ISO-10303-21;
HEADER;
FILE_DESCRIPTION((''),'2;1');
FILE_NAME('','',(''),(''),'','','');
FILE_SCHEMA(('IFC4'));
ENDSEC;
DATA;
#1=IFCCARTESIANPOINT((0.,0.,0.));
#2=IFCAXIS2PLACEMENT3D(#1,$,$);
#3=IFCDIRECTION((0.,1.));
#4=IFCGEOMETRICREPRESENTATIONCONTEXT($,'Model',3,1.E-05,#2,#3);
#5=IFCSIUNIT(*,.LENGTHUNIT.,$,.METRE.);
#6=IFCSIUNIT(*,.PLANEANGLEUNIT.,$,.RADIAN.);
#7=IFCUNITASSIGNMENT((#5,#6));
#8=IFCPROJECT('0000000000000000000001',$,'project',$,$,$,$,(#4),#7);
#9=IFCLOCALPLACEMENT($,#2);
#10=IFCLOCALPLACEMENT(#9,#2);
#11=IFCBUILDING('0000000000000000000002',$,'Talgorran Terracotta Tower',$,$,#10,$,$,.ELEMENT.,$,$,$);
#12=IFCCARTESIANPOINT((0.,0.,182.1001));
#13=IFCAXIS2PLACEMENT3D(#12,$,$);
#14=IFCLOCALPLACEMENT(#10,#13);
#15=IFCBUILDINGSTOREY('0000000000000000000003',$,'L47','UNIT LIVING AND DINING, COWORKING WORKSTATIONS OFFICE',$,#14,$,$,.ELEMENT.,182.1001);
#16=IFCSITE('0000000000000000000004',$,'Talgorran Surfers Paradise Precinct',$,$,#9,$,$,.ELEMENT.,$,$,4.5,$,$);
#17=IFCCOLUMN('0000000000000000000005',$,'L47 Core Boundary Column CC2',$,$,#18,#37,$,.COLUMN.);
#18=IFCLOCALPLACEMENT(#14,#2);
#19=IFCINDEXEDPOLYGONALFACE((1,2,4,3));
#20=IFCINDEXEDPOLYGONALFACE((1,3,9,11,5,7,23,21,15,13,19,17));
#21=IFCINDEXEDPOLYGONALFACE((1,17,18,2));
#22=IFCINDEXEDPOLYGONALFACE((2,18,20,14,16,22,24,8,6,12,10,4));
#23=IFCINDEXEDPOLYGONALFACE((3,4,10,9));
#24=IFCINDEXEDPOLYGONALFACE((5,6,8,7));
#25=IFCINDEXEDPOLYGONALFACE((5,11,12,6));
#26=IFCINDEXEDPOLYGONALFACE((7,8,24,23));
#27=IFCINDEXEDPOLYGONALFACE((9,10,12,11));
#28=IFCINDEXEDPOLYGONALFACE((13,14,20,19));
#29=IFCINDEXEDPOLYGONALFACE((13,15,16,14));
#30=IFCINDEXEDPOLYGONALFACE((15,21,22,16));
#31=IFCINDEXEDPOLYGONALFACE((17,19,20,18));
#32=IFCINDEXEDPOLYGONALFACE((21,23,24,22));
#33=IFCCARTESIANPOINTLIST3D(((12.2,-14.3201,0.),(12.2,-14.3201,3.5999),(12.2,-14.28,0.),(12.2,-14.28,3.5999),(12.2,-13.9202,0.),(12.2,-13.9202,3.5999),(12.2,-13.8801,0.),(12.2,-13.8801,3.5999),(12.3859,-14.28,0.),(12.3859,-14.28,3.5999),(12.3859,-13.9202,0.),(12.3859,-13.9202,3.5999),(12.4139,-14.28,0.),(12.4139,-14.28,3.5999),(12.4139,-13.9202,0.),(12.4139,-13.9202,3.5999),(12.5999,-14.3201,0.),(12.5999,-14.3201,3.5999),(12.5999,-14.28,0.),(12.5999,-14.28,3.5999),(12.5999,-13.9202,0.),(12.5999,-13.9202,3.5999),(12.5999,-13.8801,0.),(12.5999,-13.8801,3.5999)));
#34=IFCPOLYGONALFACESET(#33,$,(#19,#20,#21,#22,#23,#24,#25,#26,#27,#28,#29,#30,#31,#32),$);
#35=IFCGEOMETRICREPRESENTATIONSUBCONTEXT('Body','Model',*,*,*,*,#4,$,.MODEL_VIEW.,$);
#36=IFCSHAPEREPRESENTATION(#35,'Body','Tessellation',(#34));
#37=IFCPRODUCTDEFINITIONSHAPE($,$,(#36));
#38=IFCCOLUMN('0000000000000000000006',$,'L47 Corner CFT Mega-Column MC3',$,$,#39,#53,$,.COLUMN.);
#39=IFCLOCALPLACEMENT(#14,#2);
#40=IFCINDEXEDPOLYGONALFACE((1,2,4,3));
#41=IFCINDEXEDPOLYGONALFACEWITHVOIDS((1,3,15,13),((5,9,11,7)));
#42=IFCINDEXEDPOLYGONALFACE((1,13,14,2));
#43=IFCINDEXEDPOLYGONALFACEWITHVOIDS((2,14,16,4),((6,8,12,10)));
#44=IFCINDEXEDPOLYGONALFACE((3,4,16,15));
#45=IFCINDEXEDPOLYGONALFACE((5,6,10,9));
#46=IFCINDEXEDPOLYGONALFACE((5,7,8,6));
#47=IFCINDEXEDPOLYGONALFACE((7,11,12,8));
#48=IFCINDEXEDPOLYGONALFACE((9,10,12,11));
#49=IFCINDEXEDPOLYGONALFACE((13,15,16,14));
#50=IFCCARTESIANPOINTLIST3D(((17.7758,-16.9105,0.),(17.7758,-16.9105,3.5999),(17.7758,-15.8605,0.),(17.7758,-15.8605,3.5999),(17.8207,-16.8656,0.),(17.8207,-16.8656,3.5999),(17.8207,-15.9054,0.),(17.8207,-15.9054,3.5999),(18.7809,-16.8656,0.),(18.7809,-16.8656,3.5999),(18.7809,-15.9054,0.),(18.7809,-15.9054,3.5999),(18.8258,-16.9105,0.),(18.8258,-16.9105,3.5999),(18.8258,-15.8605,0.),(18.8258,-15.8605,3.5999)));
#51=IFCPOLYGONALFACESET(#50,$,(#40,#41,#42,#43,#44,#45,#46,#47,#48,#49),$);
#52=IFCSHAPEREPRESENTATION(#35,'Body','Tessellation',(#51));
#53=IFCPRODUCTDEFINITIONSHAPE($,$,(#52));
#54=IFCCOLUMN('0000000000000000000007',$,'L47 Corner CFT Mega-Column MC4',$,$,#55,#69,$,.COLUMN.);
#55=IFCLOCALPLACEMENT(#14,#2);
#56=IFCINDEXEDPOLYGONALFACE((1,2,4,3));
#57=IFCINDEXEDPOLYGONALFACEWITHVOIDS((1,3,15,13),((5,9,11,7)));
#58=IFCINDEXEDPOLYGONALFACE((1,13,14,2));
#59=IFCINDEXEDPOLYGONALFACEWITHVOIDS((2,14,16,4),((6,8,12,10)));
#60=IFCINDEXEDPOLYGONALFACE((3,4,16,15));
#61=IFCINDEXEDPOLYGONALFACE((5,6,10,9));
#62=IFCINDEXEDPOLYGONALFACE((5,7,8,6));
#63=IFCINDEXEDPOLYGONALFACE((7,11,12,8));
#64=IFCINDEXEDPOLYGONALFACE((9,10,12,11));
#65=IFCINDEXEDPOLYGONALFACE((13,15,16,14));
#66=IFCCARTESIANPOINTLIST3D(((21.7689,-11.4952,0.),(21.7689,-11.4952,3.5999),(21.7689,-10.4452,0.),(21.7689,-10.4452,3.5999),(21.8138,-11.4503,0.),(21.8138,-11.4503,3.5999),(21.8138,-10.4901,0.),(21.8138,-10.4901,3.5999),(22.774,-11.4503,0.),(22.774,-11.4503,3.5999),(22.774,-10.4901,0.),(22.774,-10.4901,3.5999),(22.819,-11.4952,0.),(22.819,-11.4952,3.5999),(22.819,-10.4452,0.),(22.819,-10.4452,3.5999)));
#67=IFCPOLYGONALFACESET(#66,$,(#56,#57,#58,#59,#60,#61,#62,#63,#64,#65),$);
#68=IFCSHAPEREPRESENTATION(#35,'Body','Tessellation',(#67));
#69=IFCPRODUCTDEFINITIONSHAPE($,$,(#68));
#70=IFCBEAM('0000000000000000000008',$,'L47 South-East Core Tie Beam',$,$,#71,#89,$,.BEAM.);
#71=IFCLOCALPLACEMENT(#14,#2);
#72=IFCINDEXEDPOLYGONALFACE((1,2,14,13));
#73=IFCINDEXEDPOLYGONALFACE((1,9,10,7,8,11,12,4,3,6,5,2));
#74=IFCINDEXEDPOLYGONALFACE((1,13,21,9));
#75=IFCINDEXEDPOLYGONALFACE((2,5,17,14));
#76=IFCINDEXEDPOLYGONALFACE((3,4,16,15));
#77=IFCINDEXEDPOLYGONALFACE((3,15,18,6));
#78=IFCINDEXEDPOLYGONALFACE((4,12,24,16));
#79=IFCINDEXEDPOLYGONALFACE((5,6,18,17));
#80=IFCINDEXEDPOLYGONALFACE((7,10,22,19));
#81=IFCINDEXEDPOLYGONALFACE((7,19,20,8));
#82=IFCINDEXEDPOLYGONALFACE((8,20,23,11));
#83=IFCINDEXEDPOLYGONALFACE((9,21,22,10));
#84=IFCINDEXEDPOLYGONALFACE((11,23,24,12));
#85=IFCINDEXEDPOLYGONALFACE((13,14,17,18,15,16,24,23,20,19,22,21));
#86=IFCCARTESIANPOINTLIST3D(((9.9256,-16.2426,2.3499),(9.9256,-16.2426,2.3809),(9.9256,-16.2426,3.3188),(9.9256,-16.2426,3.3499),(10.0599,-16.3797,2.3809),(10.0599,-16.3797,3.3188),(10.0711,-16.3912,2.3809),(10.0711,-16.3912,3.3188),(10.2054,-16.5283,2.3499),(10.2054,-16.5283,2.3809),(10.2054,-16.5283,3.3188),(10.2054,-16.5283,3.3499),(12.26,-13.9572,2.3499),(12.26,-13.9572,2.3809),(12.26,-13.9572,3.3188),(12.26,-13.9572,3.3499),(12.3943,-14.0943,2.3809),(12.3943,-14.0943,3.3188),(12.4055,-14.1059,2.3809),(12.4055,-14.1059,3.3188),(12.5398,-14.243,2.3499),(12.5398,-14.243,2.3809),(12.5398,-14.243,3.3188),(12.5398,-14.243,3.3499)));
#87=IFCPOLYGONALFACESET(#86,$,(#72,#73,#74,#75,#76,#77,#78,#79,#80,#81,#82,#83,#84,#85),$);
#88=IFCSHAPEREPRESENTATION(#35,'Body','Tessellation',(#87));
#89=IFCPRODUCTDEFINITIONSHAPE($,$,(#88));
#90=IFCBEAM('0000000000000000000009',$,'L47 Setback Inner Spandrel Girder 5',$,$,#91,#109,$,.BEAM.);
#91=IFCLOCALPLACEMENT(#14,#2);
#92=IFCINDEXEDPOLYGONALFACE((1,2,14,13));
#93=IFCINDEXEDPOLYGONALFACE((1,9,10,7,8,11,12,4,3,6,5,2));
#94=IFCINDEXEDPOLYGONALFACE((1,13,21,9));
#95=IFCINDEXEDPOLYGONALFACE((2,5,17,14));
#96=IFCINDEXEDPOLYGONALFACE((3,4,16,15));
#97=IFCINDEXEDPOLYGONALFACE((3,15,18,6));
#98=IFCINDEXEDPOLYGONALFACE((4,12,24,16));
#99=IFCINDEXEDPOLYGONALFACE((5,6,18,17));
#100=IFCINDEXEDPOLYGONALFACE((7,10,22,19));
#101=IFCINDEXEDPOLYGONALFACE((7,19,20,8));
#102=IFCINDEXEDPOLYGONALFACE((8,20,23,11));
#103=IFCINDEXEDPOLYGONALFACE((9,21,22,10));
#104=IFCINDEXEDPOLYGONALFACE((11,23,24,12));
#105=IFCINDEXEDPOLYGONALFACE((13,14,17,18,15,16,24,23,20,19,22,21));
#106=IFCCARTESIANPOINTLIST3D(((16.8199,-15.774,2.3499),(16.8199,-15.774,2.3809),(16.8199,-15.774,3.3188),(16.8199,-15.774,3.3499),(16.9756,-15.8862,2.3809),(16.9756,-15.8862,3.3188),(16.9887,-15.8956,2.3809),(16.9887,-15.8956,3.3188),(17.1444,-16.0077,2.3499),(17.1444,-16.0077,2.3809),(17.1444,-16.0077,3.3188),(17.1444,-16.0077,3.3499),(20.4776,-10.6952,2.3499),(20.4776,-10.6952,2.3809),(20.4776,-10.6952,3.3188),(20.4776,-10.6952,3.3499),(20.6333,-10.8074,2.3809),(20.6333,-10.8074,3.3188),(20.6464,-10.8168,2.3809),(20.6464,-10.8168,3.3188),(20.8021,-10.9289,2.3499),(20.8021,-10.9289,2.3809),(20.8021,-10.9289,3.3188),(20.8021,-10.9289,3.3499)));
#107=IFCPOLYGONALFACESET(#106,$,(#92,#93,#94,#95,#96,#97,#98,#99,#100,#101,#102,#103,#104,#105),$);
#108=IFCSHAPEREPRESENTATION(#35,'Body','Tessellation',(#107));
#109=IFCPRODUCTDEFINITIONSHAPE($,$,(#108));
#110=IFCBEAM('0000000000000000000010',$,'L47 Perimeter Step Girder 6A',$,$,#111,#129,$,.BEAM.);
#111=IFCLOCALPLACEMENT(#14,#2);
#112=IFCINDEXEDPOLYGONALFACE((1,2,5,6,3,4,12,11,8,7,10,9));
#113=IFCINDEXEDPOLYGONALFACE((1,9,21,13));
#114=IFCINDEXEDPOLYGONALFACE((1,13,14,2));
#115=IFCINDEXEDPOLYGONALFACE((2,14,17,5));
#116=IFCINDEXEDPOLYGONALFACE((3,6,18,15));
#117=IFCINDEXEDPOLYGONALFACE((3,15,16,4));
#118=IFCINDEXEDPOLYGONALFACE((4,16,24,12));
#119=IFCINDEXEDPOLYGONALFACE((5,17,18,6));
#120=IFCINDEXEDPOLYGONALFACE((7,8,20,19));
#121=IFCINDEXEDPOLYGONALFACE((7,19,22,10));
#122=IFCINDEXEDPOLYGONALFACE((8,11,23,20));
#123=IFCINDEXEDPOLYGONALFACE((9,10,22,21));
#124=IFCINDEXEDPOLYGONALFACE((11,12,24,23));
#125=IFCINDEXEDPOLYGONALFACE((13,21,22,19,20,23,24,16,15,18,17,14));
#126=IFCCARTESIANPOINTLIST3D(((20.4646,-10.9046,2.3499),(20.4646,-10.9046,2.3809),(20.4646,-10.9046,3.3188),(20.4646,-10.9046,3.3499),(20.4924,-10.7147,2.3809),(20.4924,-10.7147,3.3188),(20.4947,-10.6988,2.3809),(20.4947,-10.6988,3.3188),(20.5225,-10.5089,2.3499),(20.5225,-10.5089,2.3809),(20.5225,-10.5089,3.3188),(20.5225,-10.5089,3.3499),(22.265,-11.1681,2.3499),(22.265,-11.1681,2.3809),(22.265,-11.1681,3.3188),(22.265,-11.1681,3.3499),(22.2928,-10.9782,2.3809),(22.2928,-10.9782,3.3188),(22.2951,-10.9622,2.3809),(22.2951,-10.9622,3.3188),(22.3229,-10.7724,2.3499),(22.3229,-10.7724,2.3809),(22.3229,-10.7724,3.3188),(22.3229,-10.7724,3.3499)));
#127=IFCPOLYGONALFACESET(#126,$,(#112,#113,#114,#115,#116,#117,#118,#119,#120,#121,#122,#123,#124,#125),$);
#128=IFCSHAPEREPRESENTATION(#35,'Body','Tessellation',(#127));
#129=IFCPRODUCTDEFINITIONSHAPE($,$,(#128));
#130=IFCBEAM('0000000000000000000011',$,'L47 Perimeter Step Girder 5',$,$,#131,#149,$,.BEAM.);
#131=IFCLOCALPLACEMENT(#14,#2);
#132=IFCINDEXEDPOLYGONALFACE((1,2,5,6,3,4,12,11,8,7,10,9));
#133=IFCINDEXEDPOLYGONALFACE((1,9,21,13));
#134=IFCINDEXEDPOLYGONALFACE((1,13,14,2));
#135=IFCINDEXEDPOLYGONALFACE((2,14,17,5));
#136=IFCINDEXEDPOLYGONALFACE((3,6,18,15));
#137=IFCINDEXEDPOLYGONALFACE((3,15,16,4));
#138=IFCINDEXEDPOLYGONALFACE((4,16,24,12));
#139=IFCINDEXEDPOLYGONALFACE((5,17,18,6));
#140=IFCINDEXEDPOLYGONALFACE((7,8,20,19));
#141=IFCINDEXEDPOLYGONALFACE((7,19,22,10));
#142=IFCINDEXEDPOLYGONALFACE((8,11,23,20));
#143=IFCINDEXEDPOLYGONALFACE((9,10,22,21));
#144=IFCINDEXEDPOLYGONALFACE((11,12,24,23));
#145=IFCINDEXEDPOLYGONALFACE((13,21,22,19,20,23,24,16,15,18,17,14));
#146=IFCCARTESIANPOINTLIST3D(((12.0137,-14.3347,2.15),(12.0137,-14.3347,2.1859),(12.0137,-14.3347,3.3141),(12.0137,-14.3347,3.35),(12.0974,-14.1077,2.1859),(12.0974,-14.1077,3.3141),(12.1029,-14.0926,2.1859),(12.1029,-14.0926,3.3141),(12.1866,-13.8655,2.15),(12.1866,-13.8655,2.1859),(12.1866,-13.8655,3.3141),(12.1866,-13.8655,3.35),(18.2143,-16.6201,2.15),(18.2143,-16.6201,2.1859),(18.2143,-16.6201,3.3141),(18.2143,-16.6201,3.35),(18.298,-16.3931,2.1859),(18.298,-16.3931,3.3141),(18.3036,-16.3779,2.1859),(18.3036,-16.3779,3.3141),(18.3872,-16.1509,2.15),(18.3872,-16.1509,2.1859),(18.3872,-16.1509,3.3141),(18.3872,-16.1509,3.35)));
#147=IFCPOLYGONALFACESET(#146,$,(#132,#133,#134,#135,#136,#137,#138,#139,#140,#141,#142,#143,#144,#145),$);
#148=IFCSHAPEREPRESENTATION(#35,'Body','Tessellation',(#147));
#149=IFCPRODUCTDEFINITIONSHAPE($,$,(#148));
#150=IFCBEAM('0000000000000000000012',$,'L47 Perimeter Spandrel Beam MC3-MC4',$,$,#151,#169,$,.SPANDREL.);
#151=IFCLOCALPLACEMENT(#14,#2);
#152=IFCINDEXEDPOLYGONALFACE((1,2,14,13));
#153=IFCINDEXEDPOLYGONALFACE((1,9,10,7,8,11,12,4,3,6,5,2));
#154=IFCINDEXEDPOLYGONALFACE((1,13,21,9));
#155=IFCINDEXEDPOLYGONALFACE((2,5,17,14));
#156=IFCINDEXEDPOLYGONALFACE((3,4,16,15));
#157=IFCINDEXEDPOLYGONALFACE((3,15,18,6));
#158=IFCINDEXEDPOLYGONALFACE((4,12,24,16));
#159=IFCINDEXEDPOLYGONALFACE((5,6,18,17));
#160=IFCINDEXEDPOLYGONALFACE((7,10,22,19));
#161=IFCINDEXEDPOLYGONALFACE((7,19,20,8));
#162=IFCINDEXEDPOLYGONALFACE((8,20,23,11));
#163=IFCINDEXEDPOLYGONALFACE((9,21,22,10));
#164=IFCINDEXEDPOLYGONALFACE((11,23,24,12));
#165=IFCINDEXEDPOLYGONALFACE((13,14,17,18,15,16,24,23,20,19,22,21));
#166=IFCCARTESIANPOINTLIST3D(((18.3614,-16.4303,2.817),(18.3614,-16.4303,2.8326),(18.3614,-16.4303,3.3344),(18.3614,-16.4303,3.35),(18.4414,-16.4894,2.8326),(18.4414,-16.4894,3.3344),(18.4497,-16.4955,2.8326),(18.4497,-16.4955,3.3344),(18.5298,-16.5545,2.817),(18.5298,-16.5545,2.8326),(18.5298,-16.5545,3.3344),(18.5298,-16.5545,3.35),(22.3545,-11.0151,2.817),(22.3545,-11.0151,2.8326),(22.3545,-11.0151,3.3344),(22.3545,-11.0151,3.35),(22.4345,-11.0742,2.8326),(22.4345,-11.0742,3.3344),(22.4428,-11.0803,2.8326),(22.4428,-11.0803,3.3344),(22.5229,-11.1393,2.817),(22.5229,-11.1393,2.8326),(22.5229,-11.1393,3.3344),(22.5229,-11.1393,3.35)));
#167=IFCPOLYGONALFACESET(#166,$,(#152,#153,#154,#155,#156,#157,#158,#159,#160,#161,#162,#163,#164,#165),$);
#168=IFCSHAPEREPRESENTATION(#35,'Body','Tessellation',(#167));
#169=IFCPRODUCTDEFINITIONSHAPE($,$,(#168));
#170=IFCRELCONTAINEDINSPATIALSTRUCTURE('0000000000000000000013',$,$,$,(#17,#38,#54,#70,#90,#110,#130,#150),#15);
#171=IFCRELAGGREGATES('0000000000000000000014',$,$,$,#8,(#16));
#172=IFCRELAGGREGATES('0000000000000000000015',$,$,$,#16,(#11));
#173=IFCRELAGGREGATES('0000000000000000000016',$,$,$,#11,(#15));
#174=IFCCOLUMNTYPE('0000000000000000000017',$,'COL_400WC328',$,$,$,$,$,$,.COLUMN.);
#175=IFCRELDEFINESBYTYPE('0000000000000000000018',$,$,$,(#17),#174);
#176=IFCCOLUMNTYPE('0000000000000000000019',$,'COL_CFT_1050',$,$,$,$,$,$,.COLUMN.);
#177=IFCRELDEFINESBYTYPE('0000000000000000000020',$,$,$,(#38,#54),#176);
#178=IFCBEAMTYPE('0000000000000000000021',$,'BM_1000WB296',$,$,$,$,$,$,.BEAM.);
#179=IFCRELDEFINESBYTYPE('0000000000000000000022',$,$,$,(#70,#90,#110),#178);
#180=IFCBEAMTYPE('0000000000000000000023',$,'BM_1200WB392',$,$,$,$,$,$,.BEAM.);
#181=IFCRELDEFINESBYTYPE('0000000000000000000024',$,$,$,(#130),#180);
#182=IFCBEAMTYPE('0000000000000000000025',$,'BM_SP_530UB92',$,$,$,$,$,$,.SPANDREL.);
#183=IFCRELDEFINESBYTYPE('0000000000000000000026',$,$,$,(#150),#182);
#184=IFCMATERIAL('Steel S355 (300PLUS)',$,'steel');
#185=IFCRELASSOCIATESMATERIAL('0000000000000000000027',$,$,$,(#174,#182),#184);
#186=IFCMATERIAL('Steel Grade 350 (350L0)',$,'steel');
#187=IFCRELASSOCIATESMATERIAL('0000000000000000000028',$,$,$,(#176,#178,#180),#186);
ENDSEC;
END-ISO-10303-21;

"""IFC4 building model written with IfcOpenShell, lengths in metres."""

from ifc_helpers import new_model, si_unit, direction, frame, origin, origin_2d, place, context, subcontext, project, spatial, hollow_rectangle, i_section, extrude, material, material_profile, profile_set, type_object, element, save


model = new_model("IFC4")

# Units and contexts
model_context = context("Model", 3, precision=1e-05, world=origin(), true_north=direction((0.0, 1.0)))
body_context = subcontext(model_context, "Body", "Model", "MODEL_VIEW")
ifc_project = project(units=[si_unit("LENGTHUNIT", "METRE"), si_unit("PLANEANGLEUNIT", "RADIAN")], contexts=[model_context])

# Site, building, storey
site_placement = place(None, origin())
site = spatial("IfcSite", under=ifc_project, at=site_placement, Name="Talgorran Surfers Paradise Precinct", CompositionType="ELEMENT", RefElevation=4.5)
building_placement = place(site_placement, origin())
building = spatial("IfcBuilding", under=site, at=building_placement, Name="Talgorran Terracotta Tower", CompositionType="ELEMENT")
storey_placement = place(building_placement, frame((0.0, 0.0, 182.1001)))
storey = spatial("IfcBuildingStorey", under=building, at=storey_placement, Name="L47", Description="UNIT LIVING AND DINING, COWORKING WORKSTATIONS OFFICE", CompositionType="ELEMENT", Elevation=182.1001)

# Columns
ifc_material_1 = material(Name="Steel S355 (300PLUS)", Category="steel")
ifc_material_profile_1 = material_profile(ifc_material_1, i_section(OverallWidth=0.3999, OverallDepth=0.4399, WebThickness=0.0281, FlangeThickness=0.04, at=origin_2d()), Name="400WC328")
ifc_profile_set_1 = profile_set([ifc_material_profile_1], Name="Steel S355 (300PLUS)")
column_type_1 = type_object("IfcColumnType", Name="COL_400WC328", PredefinedType="COLUMN", material=ifc_profile_set_1)
column_placement = place(storey_placement, frame((12.3999, -14.1001, 0.0), z_axis=(0.0, 0.0, 1.0), x_axis=(1.0, 0.0, 0.0)))
element("IfcColumn", 1, at=column_placement, inside=storey, type_object=column_type_1, Name="L47 Core Boundary Column CC2", PredefinedType="COLUMN", context=body_context, shape_type="SweptSolid", body=[
    extrude(i_section(OverallWidth=0.3999, OverallDepth=0.4399, WebThickness=0.0281, FlangeThickness=0.04, at=origin_2d()), origin(), (0.0, 0.0, 1.0), 3.5999),
])
ifc_material_2 = material(Name="Steel Grade 350 (350L0)", Category="steel")
ifc_material_profile_2 = material_profile(ifc_material_2, hollow_rectangle(XDim=1.05, YDim=1.05, WallThickness=0.0449, at=origin_2d()), Name="CFT1050X1050X45")
ifc_profile_set_2 = profile_set([ifc_material_profile_2], Name="Steel Grade 350 (350L0)")
column_type_2 = type_object("IfcColumnType", Name="COL_CFT_1050", PredefinedType="COLUMN", material=ifc_profile_set_2)
for number, where, z_axis, x_axis, name in (
    (2, (18.3008, -16.3855, 0.0), (0.0, 0.0, 1.0), (1.0, 0.0, 0.0), "L47 Corner CFT Mega-Column MC3"),
    (3, (22.2939, -10.9702, 0.0), (0.0, 0.0, 1.0), (1.0, 0.0, 0.0), "L47 Corner CFT Mega-Column MC4"),
):
    element("IfcColumn", number, at=place(storey_placement, frame(where, z_axis=z_axis, x_axis=x_axis)), inside=storey, type_object=column_type_2, Name=name, PredefinedType="COLUMN", context=body_context, shape_type="SweptSolid", body=[
        extrude(hollow_rectangle(XDim=1.05, YDim=1.05, WallThickness=0.0449, at=origin_2d()), origin(), (0.0, 0.0, 1.0), 3.5999),
    ])

# Beams
ifc_material_profile_3 = material_profile(ifc_material_2, i_section(OverallWidth=0.3999, OverallDepth=1.0, WebThickness=0.0161, FlangeThickness=0.031, at=origin_2d()), Name="1000WB296")
ifc_profile_set_3 = profile_set([ifc_material_profile_3], Name="Steel Grade 350 (350L0)")
beam_type_1 = type_object("IfcBeamType", Name="BM_1000WB296", PredefinedType="BEAM", material=ifc_profile_set_3)
beam_1_placement = place(storey_placement, frame((12.3999, -14.1001, 2.8499), z_axis=(-0.714577, -0.699556, 0.0), x_axis=(0.699556, -0.714577, 0.0)))
element("IfcBeam", 4, at=beam_1_placement, inside=storey, type_object=beam_type_1, Name="L47 South-East Core Tie Beam", PredefinedType="BEAM", context=body_context, shape_type="SweptSolid", body=[
    extrude(i_section(OverallWidth=0.3999, OverallDepth=1.0, WebThickness=0.0161, FlangeThickness=0.031, at=origin_2d()), origin(), (0.0, 0.0, 1.0), 3.2668),
])
beam_2_placement = place(storey_placement, frame((16.9822, -15.8909, 2.8499), z_axis=(0.584403, 0.811463, 0.0), x_axis=(-0.811463, 0.584403, 0.0)))
element("IfcBeam", 5, at=beam_2_placement, inside=storey, type_object=beam_type_1, Name="L47 Setback Inner Spandrel Girder 5", PredefinedType="BEAM", context=body_context, shape_type="SweptSolid", body=[
    extrude(i_section(OverallWidth=0.3999, OverallDepth=1.0, WebThickness=0.0161, FlangeThickness=0.031, at=origin_2d()), origin(), (0.0, 0.0, 1.0), 6.2588),
])
beam_3_placement = place(storey_placement, frame((22.2939, -10.9702, 2.8499), z_axis=(-0.989463, 0.144783, 0.0), x_axis=(-0.144783, -0.989463, 0.0)))
element("IfcBeam", 6, at=beam_3_placement, inside=storey, type_object=beam_type_1, Name="L47 Perimeter Step Girder 6A", PredefinedType="BEAM", context=body_context, shape_type="SweptSolid", body=[
    extrude(i_section(OverallWidth=0.3999, OverallDepth=1.0, WebThickness=0.0161, FlangeThickness=0.031, at=origin_2d()), origin(), (0.0, 0.0, 1.0), 1.8196),
])
ifc_material_profile_4 = material_profile(ifc_material_2, i_section(OverallWidth=0.5, OverallDepth=1.2, WebThickness=0.0161, FlangeThickness=0.0359, at=origin_2d()), Name="1200WB392")
ifc_profile_set_4 = profile_set([ifc_material_profile_4], Name="Steel Grade 350 (350L0)")
beam_type_2 = type_object("IfcBeamType", Name="BM_1200WB392", PredefinedType="BEAM", material=ifc_profile_set_4)
beam_4_placement = place(storey_placement, frame((18.3008, -16.3855, 2.75), z_axis=(-0.938297, 0.34583, 0.0), x_axis=(-0.34583, -0.938297, 0.0)))
element("IfcBeam", 7, at=beam_4_placement, inside=storey, type_object=beam_type_2, Name="L47 Perimeter Step Girder 5", PredefinedType="BEAM", context=body_context, shape_type="SweptSolid", body=[
    extrude(i_section(OverallWidth=0.5, OverallDepth=1.2, WebThickness=0.0161, FlangeThickness=0.0359, at=origin_2d()), origin(), (0.0, 0.0, 1.0), 6.6084),
])
ifc_material_profile_5 = material_profile(ifc_material_1, i_section(OverallWidth=0.2092, OverallDepth=0.533, WebThickness=0.0103, FlangeThickness=0.0156, at=origin_2d()), Name="530UB92.4")
ifc_profile_set_5 = profile_set([ifc_material_profile_5], Name="Steel S355 (300PLUS)")
beam_type_3 = type_object("IfcBeamType", Name="BM_SP_530UB92", PredefinedType="SPANDREL", material=ifc_profile_set_5)
beam_5_placement = place(storey_placement, frame((18.4456, -16.4924, 3.0835), z_axis=(0.593484, 0.804846, 0.0), x_axis=(-0.804846, 0.593484, 0.0)))
element("IfcBeam", 8, at=beam_5_placement, inside=storey, type_object=beam_type_3, Name="L47 Perimeter Spandrel Beam MC3-MC4", PredefinedType="SPANDREL", context=body_context, shape_type="SweptSolid", body=[
    extrude(i_section(OverallWidth=0.2092, OverallDepth=0.533, WebThickness=0.0103, FlangeThickness=0.0156, at=origin_2d()), origin(), (0.0, 0.0, 1.0), 6.7283),
])

save(model, "model.ifc")
